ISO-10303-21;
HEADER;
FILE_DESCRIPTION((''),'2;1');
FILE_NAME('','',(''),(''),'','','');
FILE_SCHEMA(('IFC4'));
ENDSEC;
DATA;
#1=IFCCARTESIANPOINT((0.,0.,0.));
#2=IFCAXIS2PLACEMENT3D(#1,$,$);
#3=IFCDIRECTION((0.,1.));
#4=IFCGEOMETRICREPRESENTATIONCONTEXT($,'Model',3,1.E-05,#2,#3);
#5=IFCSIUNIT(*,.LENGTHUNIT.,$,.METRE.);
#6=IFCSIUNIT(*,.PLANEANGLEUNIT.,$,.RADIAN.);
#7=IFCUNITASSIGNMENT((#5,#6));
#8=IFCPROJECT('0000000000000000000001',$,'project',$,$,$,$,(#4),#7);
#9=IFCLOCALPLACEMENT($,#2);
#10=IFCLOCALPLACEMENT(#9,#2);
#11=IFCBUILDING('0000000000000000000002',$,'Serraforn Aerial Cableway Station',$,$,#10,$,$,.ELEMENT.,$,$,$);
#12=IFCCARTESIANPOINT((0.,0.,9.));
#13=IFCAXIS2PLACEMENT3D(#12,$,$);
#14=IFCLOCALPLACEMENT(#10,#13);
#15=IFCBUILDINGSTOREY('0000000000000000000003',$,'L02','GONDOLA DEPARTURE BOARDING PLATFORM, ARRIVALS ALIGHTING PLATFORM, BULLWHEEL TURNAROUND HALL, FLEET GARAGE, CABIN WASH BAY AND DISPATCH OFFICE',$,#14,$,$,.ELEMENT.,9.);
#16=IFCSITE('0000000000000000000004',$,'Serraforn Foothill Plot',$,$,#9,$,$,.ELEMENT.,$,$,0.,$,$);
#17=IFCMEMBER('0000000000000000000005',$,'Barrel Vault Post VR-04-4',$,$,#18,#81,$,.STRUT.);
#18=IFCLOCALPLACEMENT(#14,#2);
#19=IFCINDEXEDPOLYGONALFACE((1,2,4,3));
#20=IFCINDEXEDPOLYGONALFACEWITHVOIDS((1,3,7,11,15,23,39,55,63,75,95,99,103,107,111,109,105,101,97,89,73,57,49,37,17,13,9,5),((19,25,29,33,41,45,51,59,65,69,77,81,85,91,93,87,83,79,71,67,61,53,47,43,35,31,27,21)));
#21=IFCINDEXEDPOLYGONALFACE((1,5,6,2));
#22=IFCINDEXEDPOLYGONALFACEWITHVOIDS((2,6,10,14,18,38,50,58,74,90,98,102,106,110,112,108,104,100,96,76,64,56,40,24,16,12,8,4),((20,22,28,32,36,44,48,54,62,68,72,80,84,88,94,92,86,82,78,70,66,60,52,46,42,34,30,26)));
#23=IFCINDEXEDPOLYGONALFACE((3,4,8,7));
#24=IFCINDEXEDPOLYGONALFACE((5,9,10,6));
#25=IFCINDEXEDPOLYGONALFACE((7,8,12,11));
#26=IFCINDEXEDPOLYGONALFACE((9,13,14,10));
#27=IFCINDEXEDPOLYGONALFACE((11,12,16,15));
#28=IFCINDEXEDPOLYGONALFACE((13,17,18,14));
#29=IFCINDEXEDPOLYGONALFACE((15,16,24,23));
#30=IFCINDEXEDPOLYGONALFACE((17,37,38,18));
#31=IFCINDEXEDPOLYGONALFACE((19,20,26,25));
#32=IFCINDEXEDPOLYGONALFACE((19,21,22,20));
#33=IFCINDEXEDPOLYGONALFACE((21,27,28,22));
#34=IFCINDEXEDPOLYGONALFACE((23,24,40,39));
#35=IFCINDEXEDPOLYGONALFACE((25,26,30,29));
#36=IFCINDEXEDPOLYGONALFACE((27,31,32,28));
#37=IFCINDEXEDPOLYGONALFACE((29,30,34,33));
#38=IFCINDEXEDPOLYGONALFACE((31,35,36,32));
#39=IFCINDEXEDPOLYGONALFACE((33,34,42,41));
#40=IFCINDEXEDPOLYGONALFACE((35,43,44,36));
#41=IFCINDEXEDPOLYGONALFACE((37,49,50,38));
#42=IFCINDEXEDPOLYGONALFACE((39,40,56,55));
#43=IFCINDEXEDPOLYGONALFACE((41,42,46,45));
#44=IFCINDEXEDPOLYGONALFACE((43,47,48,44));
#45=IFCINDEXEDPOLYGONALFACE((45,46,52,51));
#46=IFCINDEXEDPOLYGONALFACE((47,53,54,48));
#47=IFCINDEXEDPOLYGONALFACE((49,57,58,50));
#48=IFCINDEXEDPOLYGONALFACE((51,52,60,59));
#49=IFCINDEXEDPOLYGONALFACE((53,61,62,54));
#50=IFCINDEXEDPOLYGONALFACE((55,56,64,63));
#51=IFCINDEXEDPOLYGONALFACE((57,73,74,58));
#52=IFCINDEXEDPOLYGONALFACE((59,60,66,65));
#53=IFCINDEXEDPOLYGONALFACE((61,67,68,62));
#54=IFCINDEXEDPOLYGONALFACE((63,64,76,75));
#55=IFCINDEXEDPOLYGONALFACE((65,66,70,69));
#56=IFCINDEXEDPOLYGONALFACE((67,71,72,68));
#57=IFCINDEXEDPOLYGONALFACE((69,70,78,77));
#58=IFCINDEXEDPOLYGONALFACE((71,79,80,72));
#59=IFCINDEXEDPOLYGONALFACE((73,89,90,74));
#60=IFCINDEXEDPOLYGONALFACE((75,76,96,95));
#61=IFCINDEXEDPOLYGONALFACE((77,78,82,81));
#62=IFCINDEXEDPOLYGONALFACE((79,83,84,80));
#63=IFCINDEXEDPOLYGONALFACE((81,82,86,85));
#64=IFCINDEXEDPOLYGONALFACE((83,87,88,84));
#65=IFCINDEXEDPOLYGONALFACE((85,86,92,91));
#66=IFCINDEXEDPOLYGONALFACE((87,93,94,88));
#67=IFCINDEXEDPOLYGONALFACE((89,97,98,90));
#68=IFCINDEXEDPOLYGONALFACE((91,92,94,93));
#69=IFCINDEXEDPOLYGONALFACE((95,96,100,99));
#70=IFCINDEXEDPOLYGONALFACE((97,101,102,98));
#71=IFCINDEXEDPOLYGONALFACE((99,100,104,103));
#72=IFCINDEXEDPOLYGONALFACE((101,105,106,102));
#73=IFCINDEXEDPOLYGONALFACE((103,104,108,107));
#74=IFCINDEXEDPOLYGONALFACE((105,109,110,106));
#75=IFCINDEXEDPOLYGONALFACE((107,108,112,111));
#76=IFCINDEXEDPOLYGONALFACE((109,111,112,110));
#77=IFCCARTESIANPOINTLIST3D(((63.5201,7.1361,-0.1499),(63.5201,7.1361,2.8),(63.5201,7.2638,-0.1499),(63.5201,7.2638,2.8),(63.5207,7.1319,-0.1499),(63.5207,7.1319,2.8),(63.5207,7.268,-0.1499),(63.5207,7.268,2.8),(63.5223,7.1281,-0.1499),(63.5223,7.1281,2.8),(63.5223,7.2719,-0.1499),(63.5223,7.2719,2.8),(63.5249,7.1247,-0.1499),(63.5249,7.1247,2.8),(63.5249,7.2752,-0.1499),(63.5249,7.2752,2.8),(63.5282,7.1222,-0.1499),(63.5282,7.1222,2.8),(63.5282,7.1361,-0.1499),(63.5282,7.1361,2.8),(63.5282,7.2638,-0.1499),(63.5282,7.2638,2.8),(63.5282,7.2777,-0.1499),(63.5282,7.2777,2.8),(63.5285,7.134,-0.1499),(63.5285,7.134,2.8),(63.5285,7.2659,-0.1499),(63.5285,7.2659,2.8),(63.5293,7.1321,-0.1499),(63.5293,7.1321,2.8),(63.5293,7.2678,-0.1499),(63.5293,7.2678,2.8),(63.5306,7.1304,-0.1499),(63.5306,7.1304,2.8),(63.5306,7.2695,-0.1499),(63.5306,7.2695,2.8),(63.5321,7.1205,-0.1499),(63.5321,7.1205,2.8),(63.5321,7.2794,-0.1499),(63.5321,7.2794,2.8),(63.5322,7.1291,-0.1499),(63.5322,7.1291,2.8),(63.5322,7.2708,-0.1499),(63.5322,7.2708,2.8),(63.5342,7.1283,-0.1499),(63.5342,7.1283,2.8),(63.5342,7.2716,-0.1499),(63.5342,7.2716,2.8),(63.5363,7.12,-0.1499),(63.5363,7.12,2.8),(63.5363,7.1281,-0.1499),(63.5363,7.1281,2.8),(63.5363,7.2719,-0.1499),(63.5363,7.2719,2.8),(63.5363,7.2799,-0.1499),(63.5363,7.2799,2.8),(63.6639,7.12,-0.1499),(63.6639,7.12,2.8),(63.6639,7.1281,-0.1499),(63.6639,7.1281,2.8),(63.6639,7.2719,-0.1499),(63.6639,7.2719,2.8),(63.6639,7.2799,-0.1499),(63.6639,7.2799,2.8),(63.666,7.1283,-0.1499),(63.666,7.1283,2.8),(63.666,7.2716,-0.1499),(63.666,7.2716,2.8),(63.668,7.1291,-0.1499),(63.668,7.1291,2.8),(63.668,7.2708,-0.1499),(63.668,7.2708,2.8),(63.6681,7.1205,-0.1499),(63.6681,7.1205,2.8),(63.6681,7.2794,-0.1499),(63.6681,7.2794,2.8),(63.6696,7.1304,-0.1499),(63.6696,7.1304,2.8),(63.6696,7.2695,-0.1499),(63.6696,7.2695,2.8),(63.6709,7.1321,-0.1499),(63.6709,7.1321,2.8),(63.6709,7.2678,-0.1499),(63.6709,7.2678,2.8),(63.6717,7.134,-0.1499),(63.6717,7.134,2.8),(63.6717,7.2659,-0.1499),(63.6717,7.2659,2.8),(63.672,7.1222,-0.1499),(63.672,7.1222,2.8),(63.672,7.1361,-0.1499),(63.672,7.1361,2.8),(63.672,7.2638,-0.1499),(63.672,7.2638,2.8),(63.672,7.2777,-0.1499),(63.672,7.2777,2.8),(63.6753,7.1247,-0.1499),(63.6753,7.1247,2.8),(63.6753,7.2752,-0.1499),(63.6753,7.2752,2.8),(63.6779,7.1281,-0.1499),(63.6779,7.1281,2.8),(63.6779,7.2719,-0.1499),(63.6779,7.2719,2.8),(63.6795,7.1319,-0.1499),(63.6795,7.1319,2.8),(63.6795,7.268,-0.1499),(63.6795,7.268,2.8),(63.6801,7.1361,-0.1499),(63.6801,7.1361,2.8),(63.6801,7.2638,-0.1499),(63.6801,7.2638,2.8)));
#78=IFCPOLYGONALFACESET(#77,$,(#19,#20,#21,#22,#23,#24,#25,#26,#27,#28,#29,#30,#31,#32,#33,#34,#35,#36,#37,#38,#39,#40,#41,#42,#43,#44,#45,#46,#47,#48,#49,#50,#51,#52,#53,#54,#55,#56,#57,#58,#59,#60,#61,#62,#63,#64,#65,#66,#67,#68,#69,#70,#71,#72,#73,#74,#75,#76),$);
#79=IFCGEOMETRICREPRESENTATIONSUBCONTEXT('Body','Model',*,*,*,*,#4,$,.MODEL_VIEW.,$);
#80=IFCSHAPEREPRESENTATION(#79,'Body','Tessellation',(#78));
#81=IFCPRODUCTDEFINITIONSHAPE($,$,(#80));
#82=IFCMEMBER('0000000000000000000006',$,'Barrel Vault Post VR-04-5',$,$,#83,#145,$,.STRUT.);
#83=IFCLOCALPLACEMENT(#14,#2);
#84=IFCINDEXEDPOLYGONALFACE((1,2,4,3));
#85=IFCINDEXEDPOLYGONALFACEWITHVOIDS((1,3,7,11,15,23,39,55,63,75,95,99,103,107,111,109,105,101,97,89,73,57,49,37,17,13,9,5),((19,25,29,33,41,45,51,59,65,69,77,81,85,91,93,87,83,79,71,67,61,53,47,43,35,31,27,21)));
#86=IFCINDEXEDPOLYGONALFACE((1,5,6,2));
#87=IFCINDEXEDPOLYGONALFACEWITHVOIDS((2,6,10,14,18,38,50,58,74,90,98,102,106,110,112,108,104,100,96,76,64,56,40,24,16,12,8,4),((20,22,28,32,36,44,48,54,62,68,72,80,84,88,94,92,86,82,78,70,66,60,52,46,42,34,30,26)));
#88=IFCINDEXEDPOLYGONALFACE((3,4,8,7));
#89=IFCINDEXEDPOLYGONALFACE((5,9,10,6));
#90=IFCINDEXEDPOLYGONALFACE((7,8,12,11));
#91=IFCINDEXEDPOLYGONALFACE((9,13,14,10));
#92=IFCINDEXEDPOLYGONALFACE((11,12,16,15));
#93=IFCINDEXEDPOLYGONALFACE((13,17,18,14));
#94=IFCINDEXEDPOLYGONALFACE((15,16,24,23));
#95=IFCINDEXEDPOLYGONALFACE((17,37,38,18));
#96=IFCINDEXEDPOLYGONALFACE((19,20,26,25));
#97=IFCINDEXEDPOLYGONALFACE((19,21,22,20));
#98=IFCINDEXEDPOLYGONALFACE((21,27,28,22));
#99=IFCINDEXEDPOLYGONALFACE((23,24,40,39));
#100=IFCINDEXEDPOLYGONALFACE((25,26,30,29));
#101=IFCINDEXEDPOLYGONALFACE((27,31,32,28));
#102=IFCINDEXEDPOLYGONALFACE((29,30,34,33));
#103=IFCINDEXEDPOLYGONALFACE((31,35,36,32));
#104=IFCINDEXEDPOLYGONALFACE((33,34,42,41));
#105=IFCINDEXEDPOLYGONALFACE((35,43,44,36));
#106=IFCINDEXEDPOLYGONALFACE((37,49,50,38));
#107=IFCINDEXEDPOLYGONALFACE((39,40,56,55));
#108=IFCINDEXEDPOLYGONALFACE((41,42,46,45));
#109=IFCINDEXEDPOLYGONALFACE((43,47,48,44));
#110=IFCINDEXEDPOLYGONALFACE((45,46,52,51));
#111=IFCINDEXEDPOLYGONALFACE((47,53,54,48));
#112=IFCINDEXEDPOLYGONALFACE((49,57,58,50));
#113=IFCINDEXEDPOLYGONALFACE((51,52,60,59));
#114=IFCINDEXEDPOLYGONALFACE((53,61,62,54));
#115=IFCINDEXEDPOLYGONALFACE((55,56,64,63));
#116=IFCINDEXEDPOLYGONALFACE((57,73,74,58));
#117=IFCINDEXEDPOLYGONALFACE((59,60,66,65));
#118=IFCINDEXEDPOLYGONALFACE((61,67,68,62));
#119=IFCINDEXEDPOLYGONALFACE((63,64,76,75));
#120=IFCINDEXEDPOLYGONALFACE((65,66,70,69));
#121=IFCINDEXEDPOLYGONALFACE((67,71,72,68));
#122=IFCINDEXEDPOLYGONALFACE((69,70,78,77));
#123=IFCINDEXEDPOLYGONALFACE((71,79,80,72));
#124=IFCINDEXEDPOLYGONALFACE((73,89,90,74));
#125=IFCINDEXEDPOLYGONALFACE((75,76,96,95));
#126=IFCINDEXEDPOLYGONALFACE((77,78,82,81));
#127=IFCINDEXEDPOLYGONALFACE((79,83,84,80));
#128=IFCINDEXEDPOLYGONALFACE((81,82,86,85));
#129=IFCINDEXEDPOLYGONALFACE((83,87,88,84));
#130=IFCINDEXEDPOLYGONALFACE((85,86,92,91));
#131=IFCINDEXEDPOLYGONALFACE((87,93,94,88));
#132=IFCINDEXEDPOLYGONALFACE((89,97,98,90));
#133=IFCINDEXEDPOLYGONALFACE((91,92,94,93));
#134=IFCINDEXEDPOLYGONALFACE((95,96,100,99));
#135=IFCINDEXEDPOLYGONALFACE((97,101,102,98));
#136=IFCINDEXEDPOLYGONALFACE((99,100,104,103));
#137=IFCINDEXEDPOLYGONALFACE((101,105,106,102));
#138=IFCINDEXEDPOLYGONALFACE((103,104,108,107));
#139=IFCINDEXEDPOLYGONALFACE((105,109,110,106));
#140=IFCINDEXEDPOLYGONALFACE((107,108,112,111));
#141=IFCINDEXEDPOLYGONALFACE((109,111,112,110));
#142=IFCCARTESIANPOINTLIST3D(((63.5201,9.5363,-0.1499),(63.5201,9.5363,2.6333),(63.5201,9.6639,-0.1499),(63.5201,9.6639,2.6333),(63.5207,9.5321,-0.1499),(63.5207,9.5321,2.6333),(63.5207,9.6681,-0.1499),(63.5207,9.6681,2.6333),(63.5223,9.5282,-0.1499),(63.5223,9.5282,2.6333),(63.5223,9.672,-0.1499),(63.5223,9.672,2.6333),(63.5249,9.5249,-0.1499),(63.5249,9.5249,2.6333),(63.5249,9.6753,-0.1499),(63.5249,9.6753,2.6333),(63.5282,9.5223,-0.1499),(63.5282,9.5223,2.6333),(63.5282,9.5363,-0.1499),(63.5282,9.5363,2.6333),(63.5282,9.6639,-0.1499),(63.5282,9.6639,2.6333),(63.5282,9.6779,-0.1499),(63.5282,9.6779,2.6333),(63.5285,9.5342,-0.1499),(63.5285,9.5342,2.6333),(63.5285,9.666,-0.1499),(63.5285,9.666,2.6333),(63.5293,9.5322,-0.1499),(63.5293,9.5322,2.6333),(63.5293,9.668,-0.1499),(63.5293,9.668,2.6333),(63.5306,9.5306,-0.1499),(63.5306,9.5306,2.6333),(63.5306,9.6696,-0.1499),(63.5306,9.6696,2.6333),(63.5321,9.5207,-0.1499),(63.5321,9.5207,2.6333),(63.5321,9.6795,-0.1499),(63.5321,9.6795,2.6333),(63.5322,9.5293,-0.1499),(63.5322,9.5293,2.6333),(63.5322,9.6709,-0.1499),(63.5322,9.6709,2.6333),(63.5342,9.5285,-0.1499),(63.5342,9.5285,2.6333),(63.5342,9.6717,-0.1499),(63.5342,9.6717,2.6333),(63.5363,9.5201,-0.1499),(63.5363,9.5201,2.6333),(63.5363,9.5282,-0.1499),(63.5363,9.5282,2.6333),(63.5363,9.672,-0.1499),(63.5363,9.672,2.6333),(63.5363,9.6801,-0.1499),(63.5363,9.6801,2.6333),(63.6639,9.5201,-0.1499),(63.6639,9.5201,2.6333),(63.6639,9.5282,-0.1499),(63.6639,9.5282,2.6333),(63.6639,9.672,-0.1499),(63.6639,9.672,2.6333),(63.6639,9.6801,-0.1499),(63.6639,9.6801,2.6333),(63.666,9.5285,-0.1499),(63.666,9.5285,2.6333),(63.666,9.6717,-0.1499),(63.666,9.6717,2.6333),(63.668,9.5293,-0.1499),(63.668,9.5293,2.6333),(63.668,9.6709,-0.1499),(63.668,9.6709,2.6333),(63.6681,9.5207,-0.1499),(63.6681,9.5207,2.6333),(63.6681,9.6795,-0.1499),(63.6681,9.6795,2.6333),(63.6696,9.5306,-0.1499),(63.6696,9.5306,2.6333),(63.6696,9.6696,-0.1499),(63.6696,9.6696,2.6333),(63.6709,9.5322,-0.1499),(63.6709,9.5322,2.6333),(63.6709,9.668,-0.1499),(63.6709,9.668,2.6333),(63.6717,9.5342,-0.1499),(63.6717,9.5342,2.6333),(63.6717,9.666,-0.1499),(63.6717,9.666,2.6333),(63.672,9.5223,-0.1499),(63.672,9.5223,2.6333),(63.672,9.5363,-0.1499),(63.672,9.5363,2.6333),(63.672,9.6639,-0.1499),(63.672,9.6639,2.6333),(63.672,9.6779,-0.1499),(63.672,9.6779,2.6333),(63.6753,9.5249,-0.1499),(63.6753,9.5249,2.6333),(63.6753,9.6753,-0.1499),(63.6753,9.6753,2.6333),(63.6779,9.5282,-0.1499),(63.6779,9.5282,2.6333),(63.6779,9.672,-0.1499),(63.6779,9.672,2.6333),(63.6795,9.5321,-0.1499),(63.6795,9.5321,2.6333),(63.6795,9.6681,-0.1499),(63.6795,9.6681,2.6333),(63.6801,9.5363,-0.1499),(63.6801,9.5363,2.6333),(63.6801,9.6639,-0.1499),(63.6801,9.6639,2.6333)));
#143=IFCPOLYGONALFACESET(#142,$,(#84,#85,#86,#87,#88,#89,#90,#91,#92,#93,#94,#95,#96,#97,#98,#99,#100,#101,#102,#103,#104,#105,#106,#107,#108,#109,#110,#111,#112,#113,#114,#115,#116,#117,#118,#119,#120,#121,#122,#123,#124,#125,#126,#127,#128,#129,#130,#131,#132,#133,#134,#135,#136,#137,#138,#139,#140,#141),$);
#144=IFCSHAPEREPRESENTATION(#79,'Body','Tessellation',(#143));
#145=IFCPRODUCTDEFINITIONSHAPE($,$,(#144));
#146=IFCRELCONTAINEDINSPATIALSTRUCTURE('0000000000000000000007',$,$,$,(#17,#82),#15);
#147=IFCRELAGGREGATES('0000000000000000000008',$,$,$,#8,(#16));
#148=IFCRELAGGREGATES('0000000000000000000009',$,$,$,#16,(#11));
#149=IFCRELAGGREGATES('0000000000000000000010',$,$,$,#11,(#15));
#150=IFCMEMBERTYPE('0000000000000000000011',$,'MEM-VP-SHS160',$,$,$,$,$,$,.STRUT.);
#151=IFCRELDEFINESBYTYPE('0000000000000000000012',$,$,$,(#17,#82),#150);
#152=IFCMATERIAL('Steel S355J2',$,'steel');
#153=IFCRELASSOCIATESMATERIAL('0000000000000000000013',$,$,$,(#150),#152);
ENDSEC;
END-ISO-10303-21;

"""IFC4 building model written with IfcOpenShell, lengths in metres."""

from ifc_helpers import new_model, si_unit, direction, frame, origin, origin_2d, place, context, subcontext, project, spatial, hollow_rectangle, extrude, material, material_profile, profile_set, type_object, element, save


model = new_model("IFC4")

# Units and contexts
model_context = context("Model", 3, precision=1e-05, world=origin(), true_north=direction((0.0, 1.0)))
body_context = subcontext(model_context, "Body", "Model", "MODEL_VIEW")
ifc_project = project(units=[si_unit("LENGTHUNIT", "METRE"), si_unit("PLANEANGLEUNIT", "RADIAN")], contexts=[model_context])

# Site, building, storey
site_placement = place(None, origin())
site = spatial("IfcSite", under=ifc_project, at=site_placement, Name="Serraforn Foothill Plot", CompositionType="ELEMENT", RefElevation=0.0)
building_placement = place(site_placement, origin())
building = spatial("IfcBuilding", under=site, at=building_placement, Name="Serraforn Aerial Cableway Station", CompositionType="ELEMENT")
storey_placement = place(building_placement, frame((0.0, 0.0, 9.0)))
storey = spatial("IfcBuildingStorey", under=building, at=storey_placement, Name="L02", Description="GONDOLA DEPARTURE BOARDING PLATFORM, ARRIVALS ALIGHTING PLATFORM, BULLWHEEL TURNAROUND HALL, FLEET GARAGE, CABIN WASH BAY AND DISPATCH OFFICE", CompositionType="ELEMENT", Elevation=9.0)

# Members
ifc_material_1 = material(Name="Steel S355J2", Category="steel")
ifc_material_profile_1 = material_profile(ifc_material_1, hollow_rectangle(XDim=0.1599, YDim=0.1599, WallThickness=0.0081, InnerFilletRadius=0.0081, OuterFilletRadius=0.0161, at=origin_2d()), Name="SHS 160x160x8.0")
ifc_profile_set_1 = profile_set([ifc_material_profile_1], Name="Steel S355J2")
member_type_1 = type_object("IfcMemberType", Name="MEM-VP-SHS160", PredefinedType="STRUT", material=ifc_profile_set_1)
member_1_placement = place(storey_placement, frame((63.6001, 7.2, -0.1499), z_axis=(0.0, 0.0, 1.0), x_axis=(1.0, 0.0, 0.0)))
element("IfcMember", 1, at=member_1_placement, inside=storey, type_object=member_type_1, Name="Barrel Vault Post VR-04-4", PredefinedType="STRUT", context=body_context, shape_type="SweptSolid", body=[
    extrude(hollow_rectangle(XDim=0.1599, YDim=0.1599, WallThickness=0.0081, InnerFilletRadius=0.0081, OuterFilletRadius=0.0161, at=origin_2d()), origin(), (0.0, 0.0, 1.0), 2.95),
])
member_2_placement = place(storey_placement, frame((63.6001, 9.6001, -0.1499), z_axis=(0.0, 0.0, 1.0), x_axis=(1.0, 0.0, 0.0)))
element("IfcMember", 2, at=member_2_placement, inside=storey, type_object=member_type_1, Name="Barrel Vault Post VR-04-5", PredefinedType="STRUT", context=body_context, shape_type="SweptSolid", body=[
    extrude(hollow_rectangle(XDim=0.1599, YDim=0.1599, WallThickness=0.0081, InnerFilletRadius=0.0081, OuterFilletRadius=0.0161, at=origin_2d()), origin(), (0.0, 0.0, 1.0), 2.7832),
])

save(model, "model.ifc")
